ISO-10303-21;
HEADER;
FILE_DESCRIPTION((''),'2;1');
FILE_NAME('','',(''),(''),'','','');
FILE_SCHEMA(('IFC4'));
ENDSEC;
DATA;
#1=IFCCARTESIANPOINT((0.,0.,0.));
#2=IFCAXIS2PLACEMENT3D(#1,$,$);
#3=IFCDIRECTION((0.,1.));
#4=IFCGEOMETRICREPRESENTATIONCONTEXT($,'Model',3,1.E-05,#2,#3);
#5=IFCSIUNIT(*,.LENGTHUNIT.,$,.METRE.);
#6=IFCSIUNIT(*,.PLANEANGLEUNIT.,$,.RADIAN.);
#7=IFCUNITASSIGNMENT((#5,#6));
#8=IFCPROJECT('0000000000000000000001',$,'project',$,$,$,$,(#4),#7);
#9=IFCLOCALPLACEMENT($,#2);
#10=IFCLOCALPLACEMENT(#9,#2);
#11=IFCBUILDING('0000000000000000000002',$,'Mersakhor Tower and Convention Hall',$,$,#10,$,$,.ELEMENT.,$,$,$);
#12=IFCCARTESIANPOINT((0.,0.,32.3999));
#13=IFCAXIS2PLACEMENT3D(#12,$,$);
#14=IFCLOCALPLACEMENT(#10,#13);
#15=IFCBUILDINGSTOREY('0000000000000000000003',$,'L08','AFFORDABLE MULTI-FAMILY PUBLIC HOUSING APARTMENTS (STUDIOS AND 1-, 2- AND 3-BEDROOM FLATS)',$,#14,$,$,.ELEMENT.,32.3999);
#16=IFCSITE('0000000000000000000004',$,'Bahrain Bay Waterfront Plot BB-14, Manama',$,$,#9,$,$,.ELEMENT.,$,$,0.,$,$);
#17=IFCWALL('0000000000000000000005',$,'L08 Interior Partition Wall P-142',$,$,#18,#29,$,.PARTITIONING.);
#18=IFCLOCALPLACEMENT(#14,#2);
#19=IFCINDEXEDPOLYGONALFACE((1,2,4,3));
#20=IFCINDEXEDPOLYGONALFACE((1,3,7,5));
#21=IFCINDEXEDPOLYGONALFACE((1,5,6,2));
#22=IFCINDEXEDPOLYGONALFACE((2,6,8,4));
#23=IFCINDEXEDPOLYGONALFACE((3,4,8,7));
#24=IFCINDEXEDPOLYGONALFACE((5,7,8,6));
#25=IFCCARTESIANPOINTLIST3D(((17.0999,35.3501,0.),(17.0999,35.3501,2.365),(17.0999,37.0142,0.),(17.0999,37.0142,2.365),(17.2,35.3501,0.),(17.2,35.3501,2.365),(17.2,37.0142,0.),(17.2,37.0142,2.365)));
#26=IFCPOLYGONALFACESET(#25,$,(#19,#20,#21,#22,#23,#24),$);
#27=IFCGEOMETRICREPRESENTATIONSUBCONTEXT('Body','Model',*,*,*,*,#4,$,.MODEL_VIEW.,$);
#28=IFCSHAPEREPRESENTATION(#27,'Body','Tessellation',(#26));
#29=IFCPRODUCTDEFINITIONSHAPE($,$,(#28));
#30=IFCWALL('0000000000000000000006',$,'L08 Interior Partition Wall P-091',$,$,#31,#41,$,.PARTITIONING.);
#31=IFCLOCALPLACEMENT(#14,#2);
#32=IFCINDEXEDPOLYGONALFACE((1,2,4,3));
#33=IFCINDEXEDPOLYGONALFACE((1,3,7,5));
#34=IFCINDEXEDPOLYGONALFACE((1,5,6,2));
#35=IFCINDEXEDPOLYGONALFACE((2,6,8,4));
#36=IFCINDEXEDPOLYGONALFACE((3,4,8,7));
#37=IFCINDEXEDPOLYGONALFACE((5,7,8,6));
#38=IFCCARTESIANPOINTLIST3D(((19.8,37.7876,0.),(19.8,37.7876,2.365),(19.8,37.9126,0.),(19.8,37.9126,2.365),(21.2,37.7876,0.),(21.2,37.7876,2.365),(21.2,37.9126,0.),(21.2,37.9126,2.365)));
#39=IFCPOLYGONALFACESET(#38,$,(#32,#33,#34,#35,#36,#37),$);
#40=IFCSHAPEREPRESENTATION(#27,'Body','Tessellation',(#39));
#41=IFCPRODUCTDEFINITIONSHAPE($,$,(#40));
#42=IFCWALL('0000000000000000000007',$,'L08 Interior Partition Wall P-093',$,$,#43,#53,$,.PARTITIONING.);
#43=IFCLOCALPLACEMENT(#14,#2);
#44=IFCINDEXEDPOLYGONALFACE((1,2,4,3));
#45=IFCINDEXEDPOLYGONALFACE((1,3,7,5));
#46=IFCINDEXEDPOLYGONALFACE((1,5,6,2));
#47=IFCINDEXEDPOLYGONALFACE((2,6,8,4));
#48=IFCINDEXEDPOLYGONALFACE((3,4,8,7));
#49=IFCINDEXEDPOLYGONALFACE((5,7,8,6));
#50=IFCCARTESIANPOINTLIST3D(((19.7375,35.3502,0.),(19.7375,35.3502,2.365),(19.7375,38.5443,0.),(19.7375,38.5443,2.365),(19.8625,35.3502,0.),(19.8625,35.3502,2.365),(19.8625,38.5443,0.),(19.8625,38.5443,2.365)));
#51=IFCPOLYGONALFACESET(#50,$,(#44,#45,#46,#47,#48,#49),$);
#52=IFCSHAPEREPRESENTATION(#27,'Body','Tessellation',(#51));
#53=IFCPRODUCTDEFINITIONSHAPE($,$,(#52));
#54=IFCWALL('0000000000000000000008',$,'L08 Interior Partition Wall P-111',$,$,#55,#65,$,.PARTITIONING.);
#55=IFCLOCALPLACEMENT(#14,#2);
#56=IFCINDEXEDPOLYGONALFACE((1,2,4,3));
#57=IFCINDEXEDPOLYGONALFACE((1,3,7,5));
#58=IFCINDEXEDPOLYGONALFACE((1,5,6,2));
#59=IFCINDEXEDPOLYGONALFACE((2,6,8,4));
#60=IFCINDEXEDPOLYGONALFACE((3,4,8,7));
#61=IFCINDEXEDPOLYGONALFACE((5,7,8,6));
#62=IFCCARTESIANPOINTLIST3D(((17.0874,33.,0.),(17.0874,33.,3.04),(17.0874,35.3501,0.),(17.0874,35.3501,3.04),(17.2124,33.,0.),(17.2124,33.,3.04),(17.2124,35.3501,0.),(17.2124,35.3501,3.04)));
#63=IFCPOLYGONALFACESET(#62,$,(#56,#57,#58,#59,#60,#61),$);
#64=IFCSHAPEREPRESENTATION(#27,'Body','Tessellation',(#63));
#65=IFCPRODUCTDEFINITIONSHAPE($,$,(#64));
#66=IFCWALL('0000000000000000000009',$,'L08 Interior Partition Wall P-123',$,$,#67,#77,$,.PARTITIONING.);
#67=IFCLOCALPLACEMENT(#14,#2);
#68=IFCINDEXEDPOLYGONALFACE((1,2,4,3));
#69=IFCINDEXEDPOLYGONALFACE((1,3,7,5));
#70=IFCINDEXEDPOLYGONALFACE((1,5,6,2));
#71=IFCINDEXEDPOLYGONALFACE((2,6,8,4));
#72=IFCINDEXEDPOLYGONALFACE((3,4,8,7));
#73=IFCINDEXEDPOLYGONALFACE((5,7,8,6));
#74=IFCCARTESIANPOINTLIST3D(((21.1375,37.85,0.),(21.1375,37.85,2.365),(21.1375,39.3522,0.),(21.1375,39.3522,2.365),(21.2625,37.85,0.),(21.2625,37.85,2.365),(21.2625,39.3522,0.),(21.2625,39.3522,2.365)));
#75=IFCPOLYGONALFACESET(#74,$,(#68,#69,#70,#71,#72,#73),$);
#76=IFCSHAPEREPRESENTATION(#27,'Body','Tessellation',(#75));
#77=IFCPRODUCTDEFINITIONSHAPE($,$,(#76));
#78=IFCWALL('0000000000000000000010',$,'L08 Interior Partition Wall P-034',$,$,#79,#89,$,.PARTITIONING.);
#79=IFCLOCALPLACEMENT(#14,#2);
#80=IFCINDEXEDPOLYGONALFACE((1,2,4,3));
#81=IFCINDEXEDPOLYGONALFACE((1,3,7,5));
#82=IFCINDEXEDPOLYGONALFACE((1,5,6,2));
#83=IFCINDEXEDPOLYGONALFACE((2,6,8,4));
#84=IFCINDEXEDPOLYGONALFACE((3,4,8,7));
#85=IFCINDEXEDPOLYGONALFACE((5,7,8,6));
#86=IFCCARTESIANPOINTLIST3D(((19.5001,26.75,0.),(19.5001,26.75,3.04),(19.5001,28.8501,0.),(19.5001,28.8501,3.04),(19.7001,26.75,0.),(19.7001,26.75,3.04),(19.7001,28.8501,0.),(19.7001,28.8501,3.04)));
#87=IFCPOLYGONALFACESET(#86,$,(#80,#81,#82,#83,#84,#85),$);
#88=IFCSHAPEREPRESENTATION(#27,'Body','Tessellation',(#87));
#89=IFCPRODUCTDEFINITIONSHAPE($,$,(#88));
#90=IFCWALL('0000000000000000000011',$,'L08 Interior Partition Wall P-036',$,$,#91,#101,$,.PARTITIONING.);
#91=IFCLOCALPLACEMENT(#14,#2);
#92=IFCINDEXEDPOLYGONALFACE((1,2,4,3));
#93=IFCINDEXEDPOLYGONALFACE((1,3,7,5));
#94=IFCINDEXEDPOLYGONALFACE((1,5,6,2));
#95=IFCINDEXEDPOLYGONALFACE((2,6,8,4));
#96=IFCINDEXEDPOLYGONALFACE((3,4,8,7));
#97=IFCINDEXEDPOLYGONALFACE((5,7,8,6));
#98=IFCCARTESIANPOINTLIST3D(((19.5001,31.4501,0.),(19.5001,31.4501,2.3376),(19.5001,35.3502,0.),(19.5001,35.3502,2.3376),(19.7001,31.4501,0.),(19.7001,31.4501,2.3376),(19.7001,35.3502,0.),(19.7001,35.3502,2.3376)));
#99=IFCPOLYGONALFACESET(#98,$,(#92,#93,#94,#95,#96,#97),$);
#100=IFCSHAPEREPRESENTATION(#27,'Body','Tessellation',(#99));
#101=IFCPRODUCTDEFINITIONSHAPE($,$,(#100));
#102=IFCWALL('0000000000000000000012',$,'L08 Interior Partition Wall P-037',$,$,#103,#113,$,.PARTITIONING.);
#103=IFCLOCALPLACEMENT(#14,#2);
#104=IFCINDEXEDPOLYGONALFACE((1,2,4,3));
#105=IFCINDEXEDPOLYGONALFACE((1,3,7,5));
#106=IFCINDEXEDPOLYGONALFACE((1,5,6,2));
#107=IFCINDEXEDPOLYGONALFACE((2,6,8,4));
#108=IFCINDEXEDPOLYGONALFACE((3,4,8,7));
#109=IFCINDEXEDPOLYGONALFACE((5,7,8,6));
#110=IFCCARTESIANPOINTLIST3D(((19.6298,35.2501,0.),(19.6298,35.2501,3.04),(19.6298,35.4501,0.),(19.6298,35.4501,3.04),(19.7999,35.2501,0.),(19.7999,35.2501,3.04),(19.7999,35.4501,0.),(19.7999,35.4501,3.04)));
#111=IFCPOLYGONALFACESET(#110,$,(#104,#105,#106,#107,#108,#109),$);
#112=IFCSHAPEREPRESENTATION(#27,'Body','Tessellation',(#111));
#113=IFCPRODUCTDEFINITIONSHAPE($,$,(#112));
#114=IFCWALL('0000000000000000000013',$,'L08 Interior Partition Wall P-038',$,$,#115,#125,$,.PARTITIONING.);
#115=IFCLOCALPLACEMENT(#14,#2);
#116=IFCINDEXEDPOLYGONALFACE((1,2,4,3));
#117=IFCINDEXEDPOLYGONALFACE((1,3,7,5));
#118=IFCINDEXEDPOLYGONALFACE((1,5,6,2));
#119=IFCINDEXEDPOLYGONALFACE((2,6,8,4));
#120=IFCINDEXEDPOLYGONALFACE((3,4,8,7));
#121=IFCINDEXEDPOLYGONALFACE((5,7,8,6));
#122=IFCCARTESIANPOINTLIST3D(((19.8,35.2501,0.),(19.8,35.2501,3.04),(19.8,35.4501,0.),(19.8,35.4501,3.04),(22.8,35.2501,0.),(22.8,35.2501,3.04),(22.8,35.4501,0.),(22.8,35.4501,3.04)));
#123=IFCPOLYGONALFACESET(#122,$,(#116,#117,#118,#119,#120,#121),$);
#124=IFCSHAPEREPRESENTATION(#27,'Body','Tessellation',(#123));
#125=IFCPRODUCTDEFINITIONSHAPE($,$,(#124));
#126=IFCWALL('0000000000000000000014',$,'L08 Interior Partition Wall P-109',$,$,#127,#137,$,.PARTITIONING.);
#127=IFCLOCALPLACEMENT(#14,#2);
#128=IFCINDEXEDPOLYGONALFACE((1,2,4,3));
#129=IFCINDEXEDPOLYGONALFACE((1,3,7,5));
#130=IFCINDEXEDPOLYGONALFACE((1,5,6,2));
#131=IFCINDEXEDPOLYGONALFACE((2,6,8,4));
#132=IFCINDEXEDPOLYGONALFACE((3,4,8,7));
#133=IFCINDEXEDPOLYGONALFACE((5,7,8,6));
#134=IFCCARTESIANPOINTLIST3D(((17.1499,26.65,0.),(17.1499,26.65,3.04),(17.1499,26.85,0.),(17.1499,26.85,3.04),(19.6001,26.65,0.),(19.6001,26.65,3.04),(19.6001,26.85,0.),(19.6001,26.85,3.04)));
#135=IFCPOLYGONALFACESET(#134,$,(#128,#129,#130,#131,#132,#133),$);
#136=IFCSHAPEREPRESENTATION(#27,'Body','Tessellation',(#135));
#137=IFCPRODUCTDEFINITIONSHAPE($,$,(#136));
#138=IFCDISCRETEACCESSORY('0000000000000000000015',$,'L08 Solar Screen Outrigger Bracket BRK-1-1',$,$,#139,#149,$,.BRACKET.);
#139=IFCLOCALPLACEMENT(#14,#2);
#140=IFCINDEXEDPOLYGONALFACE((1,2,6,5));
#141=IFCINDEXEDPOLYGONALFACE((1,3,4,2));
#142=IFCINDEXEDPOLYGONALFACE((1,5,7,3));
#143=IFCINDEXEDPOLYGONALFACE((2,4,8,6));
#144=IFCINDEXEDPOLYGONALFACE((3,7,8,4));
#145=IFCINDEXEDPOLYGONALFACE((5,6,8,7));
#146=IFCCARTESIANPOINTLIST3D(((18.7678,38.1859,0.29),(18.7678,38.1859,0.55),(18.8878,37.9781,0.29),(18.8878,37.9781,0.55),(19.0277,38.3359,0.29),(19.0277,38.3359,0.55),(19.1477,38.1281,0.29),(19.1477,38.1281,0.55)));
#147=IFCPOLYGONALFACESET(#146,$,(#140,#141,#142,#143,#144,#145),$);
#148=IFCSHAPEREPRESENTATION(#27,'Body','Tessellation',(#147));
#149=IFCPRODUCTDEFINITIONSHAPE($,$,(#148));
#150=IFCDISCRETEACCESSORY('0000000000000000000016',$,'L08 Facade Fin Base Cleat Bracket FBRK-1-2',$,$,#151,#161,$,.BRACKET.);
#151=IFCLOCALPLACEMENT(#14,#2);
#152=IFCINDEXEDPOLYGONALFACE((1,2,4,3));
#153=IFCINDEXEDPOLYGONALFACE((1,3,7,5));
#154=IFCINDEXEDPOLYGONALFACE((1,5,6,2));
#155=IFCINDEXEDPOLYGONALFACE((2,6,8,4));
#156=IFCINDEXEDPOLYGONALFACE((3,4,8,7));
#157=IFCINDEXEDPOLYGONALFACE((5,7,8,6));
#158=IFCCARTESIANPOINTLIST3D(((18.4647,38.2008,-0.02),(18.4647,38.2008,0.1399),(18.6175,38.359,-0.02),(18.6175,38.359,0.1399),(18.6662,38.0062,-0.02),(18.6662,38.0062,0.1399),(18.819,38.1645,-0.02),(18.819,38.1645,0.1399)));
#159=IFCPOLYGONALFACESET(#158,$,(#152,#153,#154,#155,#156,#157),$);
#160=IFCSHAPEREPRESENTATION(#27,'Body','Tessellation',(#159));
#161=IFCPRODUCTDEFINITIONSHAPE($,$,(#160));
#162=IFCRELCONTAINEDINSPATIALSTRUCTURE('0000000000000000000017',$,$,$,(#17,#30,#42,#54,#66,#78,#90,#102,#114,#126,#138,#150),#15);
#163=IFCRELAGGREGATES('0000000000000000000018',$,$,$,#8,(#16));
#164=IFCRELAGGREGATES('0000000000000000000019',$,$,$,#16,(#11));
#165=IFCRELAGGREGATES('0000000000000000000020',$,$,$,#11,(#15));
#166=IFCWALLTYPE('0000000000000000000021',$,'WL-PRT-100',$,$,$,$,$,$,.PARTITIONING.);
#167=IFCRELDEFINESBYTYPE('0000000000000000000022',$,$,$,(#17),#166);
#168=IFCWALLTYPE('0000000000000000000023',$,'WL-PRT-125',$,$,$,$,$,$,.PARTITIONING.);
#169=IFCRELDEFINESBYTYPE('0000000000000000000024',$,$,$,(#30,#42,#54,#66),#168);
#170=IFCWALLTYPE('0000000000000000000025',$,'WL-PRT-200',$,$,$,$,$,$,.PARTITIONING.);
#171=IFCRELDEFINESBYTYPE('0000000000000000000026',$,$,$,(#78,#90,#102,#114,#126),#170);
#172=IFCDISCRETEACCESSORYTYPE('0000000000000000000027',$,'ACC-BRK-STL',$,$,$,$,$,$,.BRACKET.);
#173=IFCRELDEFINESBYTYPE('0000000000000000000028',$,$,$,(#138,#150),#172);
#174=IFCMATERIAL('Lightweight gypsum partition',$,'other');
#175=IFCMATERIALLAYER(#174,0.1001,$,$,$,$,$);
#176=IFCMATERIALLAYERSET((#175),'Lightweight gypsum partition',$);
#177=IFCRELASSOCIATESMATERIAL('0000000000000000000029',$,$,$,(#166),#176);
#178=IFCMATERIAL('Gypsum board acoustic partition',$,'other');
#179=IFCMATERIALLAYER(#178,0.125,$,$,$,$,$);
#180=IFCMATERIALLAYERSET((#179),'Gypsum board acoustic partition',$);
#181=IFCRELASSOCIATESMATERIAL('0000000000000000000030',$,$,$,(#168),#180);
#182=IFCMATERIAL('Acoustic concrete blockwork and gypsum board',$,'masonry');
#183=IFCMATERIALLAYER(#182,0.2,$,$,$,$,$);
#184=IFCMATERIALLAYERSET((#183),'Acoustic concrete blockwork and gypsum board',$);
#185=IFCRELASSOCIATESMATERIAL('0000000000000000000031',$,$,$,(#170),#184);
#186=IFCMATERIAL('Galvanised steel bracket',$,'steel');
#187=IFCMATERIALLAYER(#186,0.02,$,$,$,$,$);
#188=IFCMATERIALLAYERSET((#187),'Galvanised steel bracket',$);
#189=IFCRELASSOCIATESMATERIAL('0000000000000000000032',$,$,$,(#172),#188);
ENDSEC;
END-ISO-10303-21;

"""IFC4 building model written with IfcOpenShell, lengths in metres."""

from ifc_helpers import new_model, si_unit, direction, frame, frame_2d, origin, origin_2d, place, context, subcontext, project, spatial, rectangle, extrude, material, layer, layer_set, type_object, element, save


model = new_model("IFC4")

# Units and contexts
model_context = context("Model", 3, precision=1e-05, world=origin(), true_north=direction((0.0, 1.0)))
body_context = subcontext(model_context, "Body", "Model", "MODEL_VIEW")
ifc_project = project(units=[si_unit("LENGTHUNIT", "METRE"), si_unit("PLANEANGLEUNIT", "RADIAN")], contexts=[model_context])

# Site, building, storey
site_placement = place(None, origin())
site = spatial("IfcSite", under=ifc_project, at=site_placement, Name="Bahrain Bay Waterfront Plot BB-14, Manama", CompositionType="ELEMENT", RefElevation=0.0)
building_placement = place(site_placement, origin())
building = spatial("IfcBuilding", under=site, at=building_placement, Name="Mersakhor Tower and Convention Hall", CompositionType="ELEMENT")
storey_placement = place(building_placement, frame((0.0, 0.0, 32.3999)))
storey = spatial("IfcBuildingStorey", under=building, at=storey_placement, Name="L08", Description="AFFORDABLE MULTI-FAMILY PUBLIC HOUSING APARTMENTS (STUDIOS AND 1-, 2- AND 3-BEDROOM FLATS)", CompositionType="ELEMENT", Elevation=32.3999)

# Walls
ifc_material_1 = material(Name="Lightweight gypsum partition", Category="other")
ifc_layer_1 = layer(ifc_material_1, 0.1001)
ifc_layer_set_1 = layer_set([ifc_layer_1], Name="Lightweight gypsum partition")
wall_type_1 = type_object("IfcWallType", Name="WL-PRT-100", PredefinedType="PARTITIONING", material=ifc_layer_set_1)
wall_1_placement = place(storey_placement, frame((17.1499, 37.0142, 0.0), z_axis=(0.0, 0.0, 1.0), x_axis=(0.0, -1.0, 0.0)))
element("IfcWall", 1, at=wall_1_placement, inside=storey, type_object=wall_type_1, Name="L08 Interior Partition Wall P-142", PredefinedType="PARTITIONING", context=body_context, shape_type="SweptSolid", body=[
    extrude(rectangle(XDim=1.6641, YDim=0.1001, at=frame_2d((0.832, 0.0))), origin(), (0.0, 0.0, 1.0), 2.365),
])
ifc_material_2 = material(Name="Gypsum board acoustic partition", Category="other")
ifc_layer_2 = layer(ifc_material_2, 0.125)
ifc_layer_set_2 = layer_set([ifc_layer_2], Name="Gypsum board acoustic partition")
wall_type_2 = type_object("IfcWallType", Name="WL-PRT-125", PredefinedType="PARTITIONING", material=ifc_layer_set_2)
wall_2_placement = place(storey_placement, frame((19.8, 37.8501, 0.0), z_axis=(0.0, 0.0, 1.0), x_axis=(1.0, 0.0, 0.0)))
element("IfcWall", 2, at=wall_2_placement, inside=storey, type_object=wall_type_2, Name="L08 Interior Partition Wall P-091", PredefinedType="PARTITIONING", context=body_context, shape_type="SweptSolid", body=[
    extrude(rectangle(XDim=1.3999, YDim=0.125, at=frame_2d((0.7, 0.0))), origin(), (0.0, 0.0, 1.0), 2.365),
])
wall_3_placement = place(storey_placement, frame((19.8, 35.3501, 0.0), z_axis=(0.0, 0.0, 1.0), x_axis=(0.0, 1.0, 0.0)))
element("IfcWall", 3, at=wall_3_placement, inside=storey, type_object=wall_type_2, Name="L08 Interior Partition Wall P-093", PredefinedType="PARTITIONING", context=body_context, shape_type="SweptSolid", body=[
    extrude(rectangle(XDim=3.1941, YDim=0.125, at=frame_2d((1.5972, 0.0))), origin(), (0.0, 0.0, 1.0), 2.365),
])
wall_4_placement = place(storey_placement, frame((17.1499, 33.0, 0.0), z_axis=(0.0, 0.0, 1.0), x_axis=(0.0, 1.0, 0.0)))
element("IfcWall", 4, at=wall_4_placement, inside=storey, type_object=wall_type_2, Name="L08 Interior Partition Wall P-111", PredefinedType="PARTITIONING", context=body_context, shape_type="SweptSolid", body=[
    extrude(rectangle(XDim=2.3501, YDim=0.125, at=frame_2d((1.175, 0.0))), origin(), (0.0, 0.0, 1.0), 3.04),
])
wall_5_placement = place(storey_placement, frame((21.2, 37.8501, 0.0), z_axis=(0.0, 0.0, 1.0), x_axis=(0.0, 1.0, 0.0)))
element("IfcWall", 5, at=wall_5_placement, inside=storey, type_object=wall_type_2, Name="L08 Interior Partition Wall P-123", PredefinedType="PARTITIONING", context=body_context, shape_type="SweptSolid", body=[
    extrude(rectangle(XDim=1.5022, YDim=0.125, at=frame_2d((0.751, 0.0))), origin(), (0.0, 0.0, 1.0), 2.365),
])
ifc_material_3 = material(Name="Acoustic concrete blockwork and gypsum board", Category="masonry")
ifc_layer_3 = layer(ifc_material_3, 0.2)
ifc_layer_set_3 = layer_set([ifc_layer_3], Name="Acoustic concrete blockwork and gypsum board")
wall_type_3 = type_object("IfcWallType", Name="WL-PRT-200", PredefinedType="PARTITIONING", material=ifc_layer_set_3)
wall_6_placement = place(storey_placement, frame((19.6001, 26.75, 0.0), z_axis=(0.0, 0.0, 1.0), x_axis=(0.0, 1.0, 0.0)))
element("IfcWall", 6, at=wall_6_placement, inside=storey, type_object=wall_type_3, Name="L08 Interior Partition Wall P-034", PredefinedType="PARTITIONING", context=body_context, shape_type="SweptSolid", body=[
    extrude(rectangle(XDim=2.1001, YDim=0.2, at=frame_2d((1.05, 0.0))), origin(), (0.0, 0.0, 1.0), 3.04),
])

# Walls
wall_7_placement = place(storey_placement, frame((19.6001, 31.45, 0.0), z_axis=(0.0, 0.0, 1.0), x_axis=(0.0, 1.0, 0.0)))
element("IfcWall", 7, at=wall_7_placement, inside=storey, type_object=wall_type_3, Name="L08 Interior Partition Wall P-036", PredefinedType="PARTITIONING", context=body_context, shape_type="SweptSolid", body=[
    extrude(rectangle(XDim=3.9001, YDim=0.2, at=frame_2d((1.9502, 0.0))), origin(), (0.0, 0.0, 1.0), 2.3376),
])
wall_8_placement = place(storey_placement, frame((19.6299, 35.3501, 0.0), z_axis=(0.0, 0.0, 1.0), x_axis=(1.0, 0.0, 0.0)))
element("IfcWall", 8, at=wall_8_placement, inside=storey, type_object=wall_type_3, Name="L08 Interior Partition Wall P-037", PredefinedType="PARTITIONING", context=body_context, shape_type="SweptSolid", body=[
    extrude(rectangle(XDim=0.1702, YDim=0.2, at=frame_2d((0.085, 0.0))), origin(), (0.0, 0.0, 1.0), 3.04),
])
wall_9_placement = place(storey_placement, frame((19.8, 35.3501, 0.0), z_axis=(0.0, 0.0, 1.0), x_axis=(1.0, 0.0, 0.0)))
element("IfcWall", 9, at=wall_9_placement, inside=storey, type_object=wall_type_3, Name="L08 Interior Partition Wall P-038", PredefinedType="PARTITIONING", context=body_context, shape_type="SweptSolid", body=[
    extrude(rectangle(XDim=3.0, YDim=0.2, at=frame_2d((1.5, 0.0))), origin(), (0.0, 0.0, 1.0), 3.04),
])
wall_10_placement = place(storey_placement, frame((19.6001, 26.75, 0.0), z_axis=(0.0, 0.0, 1.0), x_axis=(-1.0, 0.0, 0.0)))
element("IfcWall", 10, at=wall_10_placement, inside=storey, type_object=wall_type_3, Name="L08 Interior Partition Wall P-109", PredefinedType="PARTITIONING", context=body_context, shape_type="SweptSolid", body=[
    extrude(rectangle(XDim=2.4502, YDim=0.2, at=frame_2d((1.2251, 0.0))), origin(), (0.0, 0.0, 1.0), 3.04),
])

# Discrete accessories
ifc_material_4 = material(Name="Galvanised steel bracket", Category="steel")
ifc_layer_4 = layer(ifc_material_4, 0.02)
ifc_layer_set_4 = layer_set([ifc_layer_4], Name="Galvanised steel bracket")
discrete_accessory_type = type_object("IfcDiscreteAccessoryType", Name="ACC-BRK-STL", PredefinedType="BRACKET", material=ifc_layer_set_4)
discrete_accessory_1_placement = place(storey_placement, frame((18.9578, 38.157, 0.29), z_axis=(0.0, 0.0, 1.0), x_axis=(0.866025, 0.5, 0.0)))
element("IfcDiscreteAccessory", 11, at=discrete_accessory_1_placement, inside=storey, type_object=discrete_accessory_type, Name="L08 Solar Screen Outrigger Bracket BRK-1-1", PredefinedType="BRACKET", context=body_context, shape_type="SweptSolid", body=[
    extrude(rectangle(XDim=0.3, YDim=0.24, at=origin_2d()), origin(), (0.0, 0.0, 1.0), 0.26),
])
discrete_accessory_2_placement = place(storey_placement, frame((18.6418, 38.1826, -0.02), z_axis=(0.0, 0.0, 1.0), x_axis=(-0.71934, 0.694658, 0.0)))
element("IfcDiscreteAccessory", 12, at=discrete_accessory_2_placement, inside=storey, type_object=discrete_accessory_type, Name="L08 Facade Fin Base Cleat Bracket FBRK-1-2", PredefinedType="BRACKET", context=body_context, shape_type="SweptSolid", body=[
    extrude(rectangle(XDim=0.28, YDim=0.22, at=origin_2d()), origin(), (0.0, 0.0, 1.0), 0.1599),
])

save(model, "model.ifc")
